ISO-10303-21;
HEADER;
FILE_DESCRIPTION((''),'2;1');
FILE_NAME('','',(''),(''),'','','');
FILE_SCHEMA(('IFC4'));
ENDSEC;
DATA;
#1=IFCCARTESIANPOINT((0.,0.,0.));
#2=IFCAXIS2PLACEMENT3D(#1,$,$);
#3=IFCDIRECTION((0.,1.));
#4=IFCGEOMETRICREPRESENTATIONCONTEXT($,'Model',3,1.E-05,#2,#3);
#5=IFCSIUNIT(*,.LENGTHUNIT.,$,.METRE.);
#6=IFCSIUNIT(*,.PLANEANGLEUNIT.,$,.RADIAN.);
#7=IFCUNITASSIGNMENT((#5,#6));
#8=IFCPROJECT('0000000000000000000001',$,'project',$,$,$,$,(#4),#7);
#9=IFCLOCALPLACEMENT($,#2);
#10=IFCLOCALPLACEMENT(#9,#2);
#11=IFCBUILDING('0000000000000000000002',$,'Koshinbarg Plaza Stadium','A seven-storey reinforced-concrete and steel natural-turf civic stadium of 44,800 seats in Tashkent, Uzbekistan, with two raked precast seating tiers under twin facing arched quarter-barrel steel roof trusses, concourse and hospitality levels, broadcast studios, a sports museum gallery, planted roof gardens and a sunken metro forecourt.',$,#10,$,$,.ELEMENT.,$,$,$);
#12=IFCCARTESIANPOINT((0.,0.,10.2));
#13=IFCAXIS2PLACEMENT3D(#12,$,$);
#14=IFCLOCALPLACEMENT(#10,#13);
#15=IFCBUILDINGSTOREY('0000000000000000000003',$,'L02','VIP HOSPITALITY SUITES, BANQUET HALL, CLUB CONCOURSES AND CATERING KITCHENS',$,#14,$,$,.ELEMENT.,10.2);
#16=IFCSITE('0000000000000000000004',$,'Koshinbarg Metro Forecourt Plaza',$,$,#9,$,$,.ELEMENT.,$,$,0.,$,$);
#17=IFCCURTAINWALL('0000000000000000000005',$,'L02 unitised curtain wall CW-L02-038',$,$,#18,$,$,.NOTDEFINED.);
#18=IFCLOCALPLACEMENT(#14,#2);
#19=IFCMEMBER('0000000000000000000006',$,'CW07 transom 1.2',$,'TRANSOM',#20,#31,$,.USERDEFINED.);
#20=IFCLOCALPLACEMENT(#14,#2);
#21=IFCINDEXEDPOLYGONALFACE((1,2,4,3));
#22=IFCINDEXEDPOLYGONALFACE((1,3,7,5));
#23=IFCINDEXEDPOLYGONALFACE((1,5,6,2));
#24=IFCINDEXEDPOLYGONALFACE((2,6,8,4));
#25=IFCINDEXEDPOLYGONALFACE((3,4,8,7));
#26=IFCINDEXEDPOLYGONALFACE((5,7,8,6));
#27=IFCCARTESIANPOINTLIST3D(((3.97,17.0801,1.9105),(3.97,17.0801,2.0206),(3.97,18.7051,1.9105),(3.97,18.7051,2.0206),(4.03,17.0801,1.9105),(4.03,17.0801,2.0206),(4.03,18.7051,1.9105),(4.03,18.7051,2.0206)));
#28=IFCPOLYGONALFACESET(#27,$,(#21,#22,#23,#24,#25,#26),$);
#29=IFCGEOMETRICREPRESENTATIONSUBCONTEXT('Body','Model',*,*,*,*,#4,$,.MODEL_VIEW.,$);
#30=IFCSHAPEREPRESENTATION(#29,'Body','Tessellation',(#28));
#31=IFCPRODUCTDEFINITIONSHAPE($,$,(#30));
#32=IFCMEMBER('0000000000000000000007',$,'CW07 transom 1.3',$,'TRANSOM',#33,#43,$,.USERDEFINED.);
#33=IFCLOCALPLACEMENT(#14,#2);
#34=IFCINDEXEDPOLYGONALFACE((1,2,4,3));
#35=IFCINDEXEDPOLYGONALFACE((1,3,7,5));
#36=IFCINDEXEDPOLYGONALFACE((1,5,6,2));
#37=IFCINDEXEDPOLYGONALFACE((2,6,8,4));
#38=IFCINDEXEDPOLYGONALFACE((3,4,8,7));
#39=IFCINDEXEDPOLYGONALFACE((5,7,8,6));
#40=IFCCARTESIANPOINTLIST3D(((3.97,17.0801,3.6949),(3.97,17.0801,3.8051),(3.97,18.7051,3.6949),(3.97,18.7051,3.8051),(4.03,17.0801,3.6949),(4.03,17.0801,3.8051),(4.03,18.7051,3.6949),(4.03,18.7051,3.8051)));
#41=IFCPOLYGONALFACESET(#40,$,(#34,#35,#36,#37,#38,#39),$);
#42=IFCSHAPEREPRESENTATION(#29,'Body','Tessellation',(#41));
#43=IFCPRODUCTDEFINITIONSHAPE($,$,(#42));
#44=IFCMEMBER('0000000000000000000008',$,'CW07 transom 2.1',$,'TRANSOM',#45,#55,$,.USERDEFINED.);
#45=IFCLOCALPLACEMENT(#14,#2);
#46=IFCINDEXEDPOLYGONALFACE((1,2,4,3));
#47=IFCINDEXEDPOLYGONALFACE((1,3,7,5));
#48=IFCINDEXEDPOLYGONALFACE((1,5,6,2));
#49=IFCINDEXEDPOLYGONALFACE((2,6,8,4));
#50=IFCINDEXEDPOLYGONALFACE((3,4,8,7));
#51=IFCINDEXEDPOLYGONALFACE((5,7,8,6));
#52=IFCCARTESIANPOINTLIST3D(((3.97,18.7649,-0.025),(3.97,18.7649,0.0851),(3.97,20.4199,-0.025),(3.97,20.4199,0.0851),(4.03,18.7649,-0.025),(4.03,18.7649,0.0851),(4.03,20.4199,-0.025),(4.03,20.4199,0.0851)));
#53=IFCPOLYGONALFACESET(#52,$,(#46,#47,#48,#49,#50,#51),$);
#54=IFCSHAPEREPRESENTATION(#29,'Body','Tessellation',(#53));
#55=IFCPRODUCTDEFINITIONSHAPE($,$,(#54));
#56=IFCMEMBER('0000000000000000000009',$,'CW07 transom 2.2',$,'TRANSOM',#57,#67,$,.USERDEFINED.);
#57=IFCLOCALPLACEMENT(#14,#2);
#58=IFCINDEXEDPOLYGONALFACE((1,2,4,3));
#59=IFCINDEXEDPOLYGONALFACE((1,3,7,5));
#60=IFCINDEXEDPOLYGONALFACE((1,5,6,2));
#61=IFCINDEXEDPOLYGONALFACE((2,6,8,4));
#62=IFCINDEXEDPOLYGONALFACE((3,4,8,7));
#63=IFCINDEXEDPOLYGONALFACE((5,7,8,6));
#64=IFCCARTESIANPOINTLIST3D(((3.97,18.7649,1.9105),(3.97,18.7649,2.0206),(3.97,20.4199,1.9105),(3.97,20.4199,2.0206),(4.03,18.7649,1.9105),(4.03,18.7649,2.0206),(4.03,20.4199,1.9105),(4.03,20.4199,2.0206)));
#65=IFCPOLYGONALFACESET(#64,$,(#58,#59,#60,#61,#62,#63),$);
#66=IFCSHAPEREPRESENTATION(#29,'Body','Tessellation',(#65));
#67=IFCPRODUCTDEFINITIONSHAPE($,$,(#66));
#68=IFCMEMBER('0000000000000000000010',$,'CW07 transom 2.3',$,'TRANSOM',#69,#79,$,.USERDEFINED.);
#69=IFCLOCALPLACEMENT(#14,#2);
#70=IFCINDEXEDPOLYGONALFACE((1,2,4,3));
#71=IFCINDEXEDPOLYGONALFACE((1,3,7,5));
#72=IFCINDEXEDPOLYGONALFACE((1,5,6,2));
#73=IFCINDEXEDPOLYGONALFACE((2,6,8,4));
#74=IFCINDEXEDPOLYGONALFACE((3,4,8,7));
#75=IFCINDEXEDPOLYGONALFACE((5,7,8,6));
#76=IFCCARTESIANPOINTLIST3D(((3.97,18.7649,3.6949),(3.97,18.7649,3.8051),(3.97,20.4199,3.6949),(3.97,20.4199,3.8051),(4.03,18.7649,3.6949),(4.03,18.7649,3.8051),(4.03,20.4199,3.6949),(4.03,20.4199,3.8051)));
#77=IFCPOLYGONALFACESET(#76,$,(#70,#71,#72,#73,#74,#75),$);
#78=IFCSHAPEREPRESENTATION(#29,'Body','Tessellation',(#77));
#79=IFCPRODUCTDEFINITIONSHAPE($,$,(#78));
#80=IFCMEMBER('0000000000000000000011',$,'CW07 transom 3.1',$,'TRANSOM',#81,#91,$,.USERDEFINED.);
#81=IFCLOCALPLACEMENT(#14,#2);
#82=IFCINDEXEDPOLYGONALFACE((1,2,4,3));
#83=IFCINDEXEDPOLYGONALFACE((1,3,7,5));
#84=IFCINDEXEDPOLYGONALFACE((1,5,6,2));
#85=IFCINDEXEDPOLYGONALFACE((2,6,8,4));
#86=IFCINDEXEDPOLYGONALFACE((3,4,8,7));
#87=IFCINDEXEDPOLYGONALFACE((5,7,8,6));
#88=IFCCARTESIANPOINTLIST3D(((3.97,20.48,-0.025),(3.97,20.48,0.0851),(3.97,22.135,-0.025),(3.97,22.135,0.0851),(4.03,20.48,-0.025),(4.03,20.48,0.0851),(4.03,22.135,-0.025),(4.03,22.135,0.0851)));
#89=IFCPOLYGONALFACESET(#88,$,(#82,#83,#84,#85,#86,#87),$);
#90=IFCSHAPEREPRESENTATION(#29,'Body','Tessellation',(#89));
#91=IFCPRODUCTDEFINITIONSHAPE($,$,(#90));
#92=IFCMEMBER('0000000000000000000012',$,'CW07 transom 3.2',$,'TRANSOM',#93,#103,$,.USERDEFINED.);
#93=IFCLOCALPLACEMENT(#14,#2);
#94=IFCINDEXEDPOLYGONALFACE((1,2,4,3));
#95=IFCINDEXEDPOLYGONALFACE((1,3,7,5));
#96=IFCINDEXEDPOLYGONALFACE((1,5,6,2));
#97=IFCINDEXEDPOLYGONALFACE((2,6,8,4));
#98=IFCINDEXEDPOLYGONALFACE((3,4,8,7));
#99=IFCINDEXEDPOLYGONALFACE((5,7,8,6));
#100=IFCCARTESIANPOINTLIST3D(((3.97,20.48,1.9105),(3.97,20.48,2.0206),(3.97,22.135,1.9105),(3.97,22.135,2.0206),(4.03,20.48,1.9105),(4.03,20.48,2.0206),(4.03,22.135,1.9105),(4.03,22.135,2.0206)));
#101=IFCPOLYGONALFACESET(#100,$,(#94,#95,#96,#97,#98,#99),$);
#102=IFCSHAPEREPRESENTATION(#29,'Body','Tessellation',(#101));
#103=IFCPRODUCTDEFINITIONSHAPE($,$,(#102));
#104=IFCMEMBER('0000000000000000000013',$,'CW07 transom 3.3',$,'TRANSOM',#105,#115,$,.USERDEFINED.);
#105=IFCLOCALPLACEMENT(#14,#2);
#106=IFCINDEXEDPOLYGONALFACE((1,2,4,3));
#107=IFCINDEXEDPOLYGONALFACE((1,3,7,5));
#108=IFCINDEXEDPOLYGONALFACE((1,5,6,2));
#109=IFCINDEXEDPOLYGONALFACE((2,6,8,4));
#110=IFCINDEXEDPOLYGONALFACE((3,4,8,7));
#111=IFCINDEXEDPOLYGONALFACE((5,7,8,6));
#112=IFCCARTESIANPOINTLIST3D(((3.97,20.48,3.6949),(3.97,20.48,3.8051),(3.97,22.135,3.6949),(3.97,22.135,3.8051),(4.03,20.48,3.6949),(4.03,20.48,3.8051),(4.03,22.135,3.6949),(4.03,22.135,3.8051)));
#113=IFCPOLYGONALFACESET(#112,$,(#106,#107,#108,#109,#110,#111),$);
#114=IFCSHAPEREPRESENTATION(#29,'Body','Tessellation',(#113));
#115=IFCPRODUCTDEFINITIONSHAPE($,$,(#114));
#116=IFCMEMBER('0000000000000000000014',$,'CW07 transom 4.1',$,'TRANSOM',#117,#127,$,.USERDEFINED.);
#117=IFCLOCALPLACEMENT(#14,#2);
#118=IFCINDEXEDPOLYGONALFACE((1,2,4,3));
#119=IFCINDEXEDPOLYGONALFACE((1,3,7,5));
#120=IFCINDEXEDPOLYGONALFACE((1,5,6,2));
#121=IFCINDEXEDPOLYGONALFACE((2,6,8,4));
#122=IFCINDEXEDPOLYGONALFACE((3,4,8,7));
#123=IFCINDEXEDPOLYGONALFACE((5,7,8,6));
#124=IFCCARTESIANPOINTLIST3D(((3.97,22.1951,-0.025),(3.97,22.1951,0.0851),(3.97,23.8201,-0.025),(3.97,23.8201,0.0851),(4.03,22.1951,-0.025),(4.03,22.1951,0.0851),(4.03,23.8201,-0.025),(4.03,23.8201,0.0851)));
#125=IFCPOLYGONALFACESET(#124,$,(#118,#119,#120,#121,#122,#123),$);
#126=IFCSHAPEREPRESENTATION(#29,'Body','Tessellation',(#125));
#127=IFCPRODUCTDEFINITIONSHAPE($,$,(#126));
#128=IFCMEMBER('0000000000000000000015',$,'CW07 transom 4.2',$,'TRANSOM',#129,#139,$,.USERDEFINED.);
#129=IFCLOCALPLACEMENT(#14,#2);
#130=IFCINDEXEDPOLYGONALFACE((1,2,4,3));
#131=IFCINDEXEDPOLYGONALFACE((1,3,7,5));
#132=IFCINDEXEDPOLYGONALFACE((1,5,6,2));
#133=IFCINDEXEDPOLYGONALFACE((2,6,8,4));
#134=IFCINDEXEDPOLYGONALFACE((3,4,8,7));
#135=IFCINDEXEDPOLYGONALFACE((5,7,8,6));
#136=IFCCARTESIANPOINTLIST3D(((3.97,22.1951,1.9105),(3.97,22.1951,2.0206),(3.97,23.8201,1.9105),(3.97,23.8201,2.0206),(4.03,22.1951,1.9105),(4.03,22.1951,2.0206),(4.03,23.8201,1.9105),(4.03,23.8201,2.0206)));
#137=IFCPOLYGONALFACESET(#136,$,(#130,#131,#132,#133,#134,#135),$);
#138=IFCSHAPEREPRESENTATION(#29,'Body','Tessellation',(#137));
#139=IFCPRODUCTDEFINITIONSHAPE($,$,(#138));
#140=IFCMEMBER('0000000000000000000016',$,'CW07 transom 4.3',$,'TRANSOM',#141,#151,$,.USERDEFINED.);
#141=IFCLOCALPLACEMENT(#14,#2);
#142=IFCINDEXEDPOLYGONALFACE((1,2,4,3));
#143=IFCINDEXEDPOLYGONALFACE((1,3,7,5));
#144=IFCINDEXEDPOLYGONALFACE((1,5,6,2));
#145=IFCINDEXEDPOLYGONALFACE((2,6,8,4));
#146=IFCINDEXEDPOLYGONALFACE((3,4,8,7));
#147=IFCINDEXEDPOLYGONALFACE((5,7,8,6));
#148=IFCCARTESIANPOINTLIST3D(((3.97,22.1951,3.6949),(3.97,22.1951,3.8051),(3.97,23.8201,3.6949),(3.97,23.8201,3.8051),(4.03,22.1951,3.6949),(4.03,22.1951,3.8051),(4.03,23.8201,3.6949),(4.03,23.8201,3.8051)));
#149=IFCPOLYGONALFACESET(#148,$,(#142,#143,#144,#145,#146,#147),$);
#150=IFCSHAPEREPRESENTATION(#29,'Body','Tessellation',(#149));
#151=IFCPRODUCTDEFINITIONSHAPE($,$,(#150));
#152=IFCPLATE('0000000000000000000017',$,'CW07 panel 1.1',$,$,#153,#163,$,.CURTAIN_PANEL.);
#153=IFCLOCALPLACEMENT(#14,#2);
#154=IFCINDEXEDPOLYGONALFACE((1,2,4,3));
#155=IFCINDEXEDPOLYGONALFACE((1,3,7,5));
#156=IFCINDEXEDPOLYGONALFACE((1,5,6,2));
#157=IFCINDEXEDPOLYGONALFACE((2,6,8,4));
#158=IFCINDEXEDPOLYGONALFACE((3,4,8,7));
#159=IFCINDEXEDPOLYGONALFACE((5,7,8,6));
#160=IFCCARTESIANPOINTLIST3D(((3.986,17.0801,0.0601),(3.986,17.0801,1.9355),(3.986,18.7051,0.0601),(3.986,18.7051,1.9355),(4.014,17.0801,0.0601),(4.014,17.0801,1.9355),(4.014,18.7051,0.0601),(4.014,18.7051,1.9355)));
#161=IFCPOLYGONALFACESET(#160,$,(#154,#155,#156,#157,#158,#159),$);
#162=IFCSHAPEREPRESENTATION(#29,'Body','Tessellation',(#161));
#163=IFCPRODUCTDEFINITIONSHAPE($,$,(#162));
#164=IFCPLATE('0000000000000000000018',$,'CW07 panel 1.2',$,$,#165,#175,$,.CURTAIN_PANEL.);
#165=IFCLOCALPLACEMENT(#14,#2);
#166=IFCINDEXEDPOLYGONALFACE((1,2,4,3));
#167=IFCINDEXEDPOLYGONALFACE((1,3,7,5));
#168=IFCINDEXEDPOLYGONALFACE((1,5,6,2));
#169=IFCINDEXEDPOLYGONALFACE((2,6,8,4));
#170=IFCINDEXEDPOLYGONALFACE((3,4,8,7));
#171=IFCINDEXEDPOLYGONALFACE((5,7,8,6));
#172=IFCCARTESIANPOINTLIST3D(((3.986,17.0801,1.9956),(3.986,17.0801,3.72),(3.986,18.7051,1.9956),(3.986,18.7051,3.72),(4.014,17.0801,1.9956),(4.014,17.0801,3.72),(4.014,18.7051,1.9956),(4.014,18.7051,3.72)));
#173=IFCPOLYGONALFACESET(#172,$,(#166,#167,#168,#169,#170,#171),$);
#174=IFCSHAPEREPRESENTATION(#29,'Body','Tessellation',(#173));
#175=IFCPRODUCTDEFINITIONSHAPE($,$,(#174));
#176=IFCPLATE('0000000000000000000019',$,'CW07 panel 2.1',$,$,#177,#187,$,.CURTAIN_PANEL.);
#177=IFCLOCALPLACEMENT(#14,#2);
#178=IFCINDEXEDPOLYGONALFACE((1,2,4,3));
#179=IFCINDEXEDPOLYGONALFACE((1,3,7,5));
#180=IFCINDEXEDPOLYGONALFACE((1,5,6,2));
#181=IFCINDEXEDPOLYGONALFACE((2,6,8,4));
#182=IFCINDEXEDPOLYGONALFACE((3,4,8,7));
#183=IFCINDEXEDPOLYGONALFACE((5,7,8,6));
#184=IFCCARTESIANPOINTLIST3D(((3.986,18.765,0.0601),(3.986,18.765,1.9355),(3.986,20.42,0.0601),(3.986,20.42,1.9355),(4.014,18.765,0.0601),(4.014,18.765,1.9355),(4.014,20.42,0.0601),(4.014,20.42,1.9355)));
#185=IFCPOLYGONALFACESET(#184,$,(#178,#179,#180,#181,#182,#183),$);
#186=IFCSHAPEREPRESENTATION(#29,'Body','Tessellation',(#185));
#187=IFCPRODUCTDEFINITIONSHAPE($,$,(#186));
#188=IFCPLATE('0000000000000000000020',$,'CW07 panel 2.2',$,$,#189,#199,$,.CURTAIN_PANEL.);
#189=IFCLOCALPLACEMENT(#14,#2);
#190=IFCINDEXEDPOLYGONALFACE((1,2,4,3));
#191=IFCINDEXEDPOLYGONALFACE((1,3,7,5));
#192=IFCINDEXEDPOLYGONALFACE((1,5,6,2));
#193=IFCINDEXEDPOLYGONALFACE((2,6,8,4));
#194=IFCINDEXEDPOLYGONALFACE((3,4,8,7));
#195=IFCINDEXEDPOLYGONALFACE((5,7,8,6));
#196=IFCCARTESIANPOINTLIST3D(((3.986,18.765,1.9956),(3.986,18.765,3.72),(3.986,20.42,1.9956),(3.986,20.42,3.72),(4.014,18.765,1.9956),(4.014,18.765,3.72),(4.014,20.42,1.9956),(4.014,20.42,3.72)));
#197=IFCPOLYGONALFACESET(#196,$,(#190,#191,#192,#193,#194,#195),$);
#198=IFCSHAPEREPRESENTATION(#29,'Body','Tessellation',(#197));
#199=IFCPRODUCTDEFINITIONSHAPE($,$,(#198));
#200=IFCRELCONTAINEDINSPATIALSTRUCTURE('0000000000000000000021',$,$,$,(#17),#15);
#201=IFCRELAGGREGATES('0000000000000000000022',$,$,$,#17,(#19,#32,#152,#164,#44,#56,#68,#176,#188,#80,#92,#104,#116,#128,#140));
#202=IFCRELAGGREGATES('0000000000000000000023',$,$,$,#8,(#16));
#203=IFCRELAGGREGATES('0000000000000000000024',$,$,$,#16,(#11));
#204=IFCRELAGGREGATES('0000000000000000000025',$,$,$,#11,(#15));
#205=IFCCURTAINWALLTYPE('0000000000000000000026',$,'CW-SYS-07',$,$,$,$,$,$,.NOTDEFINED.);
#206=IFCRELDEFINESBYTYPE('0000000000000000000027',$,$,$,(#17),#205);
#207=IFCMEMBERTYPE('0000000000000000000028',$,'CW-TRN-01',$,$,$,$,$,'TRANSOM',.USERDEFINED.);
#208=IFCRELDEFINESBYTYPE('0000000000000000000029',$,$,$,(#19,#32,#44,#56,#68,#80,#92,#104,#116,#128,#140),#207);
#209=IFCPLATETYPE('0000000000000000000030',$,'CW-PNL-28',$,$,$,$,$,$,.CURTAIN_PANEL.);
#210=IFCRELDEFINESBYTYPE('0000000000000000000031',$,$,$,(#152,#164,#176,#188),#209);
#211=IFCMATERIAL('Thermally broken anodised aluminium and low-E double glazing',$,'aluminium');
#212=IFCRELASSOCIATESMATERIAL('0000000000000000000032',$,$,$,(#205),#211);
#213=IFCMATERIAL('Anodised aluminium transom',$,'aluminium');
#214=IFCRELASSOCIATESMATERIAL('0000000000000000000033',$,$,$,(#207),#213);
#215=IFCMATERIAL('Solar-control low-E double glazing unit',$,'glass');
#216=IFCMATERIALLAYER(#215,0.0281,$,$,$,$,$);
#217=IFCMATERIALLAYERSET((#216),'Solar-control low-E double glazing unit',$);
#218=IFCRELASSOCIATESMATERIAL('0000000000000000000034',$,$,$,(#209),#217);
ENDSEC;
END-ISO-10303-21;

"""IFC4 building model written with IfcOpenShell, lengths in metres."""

from ifc_helpers import new_model, si_unit, direction, frame, origin, origin_2d, place, context, subcontext, project, spatial, rectangle, extrude, material, layer, layer_set, material_profile, profile_set, type_object, element, aggregate, save


model = new_model("IFC4")

# Units and contexts
model_context = context("Model", 3, precision=1e-05, world=origin(), true_north=direction((0.0, 1.0)))
body_context = subcontext(model_context, "Body", "Model", "MODEL_VIEW")
ifc_project = project(units=[si_unit("LENGTHUNIT", "METRE"), si_unit("PLANEANGLEUNIT", "RADIAN")], contexts=[model_context])

# Site, building, storey
site_placement = place(None, origin())
site = spatial("IfcSite", under=ifc_project, at=site_placement, Name="Koshinbarg Metro Forecourt Plaza", CompositionType="ELEMENT", RefElevation=0.0)
building_placement = place(site_placement, origin())
building = spatial("IfcBuilding", under=site, at=building_placement, Name="Koshinbarg Plaza Stadium", Description="A seven-storey reinforced-concrete and steel natural-turf civic stadium of 44,800 seats in Tashkent, Uzbekistan, with two raked precast seating tiers under twin facing arched quarter-barrel steel roof trusses, concourse and hospitality levels, broadcast studios, a sports museum gallery, planted roof gardens and a sunken metro forecourt.", CompositionType="ELEMENT")
storey_placement = place(building_placement, frame((0.0, 0.0, 10.2)))
storey = spatial("IfcBuildingStorey", under=building, at=storey_placement, Name="L02", Description="VIP HOSPITALITY SUITES, BANQUET HALL, CLUB CONCOURSES AND CATERING KITCHENS", CompositionType="ELEMENT", Elevation=10.2)

# Curtain wall, members, plates
ifc_material_1 = material(Name="Thermally broken anodised aluminium and low-E double glazing", Category="aluminium")
curtain_wall_type = type_object("IfcCurtainWallType", Name="CW-SYS-07", PredefinedType="NOTDEFINED", material=ifc_material_1)
curtain_wall_placement = place(storey_placement, origin())
curtain_wall = element("IfcCurtainWall", 1, at=curtain_wall_placement, inside=storey, type_object=curtain_wall_type, Name="L02 unitised curtain wall CW-L02-038", PredefinedType="NOTDEFINED")
ifc_material_2 = material(Name="Anodised aluminium transom", Category="aluminium")
ifc_material_profile_1 = material_profile(ifc_material_2, rectangle(XDim=0.0601, YDim=0.1101, at=origin_2d()), Name="ALU 60x110")
ifc_profile_set_1 = profile_set([ifc_material_profile_1], Name="Anodised aluminium transom")
member_type_1 = type_object("IfcMemberType", Name="CW-TRN-01", ElementType="TRANSOM", PredefinedType="USERDEFINED", material=ifc_profile_set_1)
member_1_placement = place(storey_placement, frame((4.0, 17.0801, 1.9656), z_axis=(0.0, 1.0, 0.0), x_axis=(-1.0, 0.0, 0.0)))
member_1 = element("IfcMember", 2, at=member_1_placement, type_object=member_type_1, Name="CW07 transom 1.2", ObjectType="TRANSOM", PredefinedType="USERDEFINED", context=body_context, shape_type="SweptSolid", body=[
    extrude(rectangle(XDim=0.0601, YDim=0.1101, at=origin_2d()), origin(), (0.0, 0.0, 1.0), 1.625),
])
member_2_placement = place(storey_placement, frame((4.0, 17.0801, 3.75), z_axis=(0.0, 1.0, 0.0), x_axis=(-1.0, 0.0, 0.0)))
member_2 = element("IfcMember", 3, at=member_2_placement, type_object=member_type_1, Name="CW07 transom 1.3", ObjectType="TRANSOM", PredefinedType="USERDEFINED", context=body_context, shape_type="SweptSolid", body=[
    extrude(rectangle(XDim=0.0601, YDim=0.1101, at=origin_2d()), origin(), (0.0, 0.0, 1.0), 1.625),
])
member_3_placement = place(storey_placement, frame((4.0, 18.7649, 0.03), z_axis=(0.0, 1.0, 0.0), x_axis=(-1.0, 0.0, 0.0)))
member_3 = element("IfcMember", 4, at=member_3_placement, type_object=member_type_1, Name="CW07 transom 2.1", ObjectType="TRANSOM", PredefinedType="USERDEFINED", context=body_context, shape_type="SweptSolid", body=[
    extrude(rectangle(XDim=0.0601, YDim=0.1101, at=origin_2d()), origin(), (0.0, 0.0, 1.0), 1.655),
])
member_4_placement = place(storey_placement, frame((4.0, 18.7649, 1.9656), z_axis=(0.0, 1.0, 0.0), x_axis=(-1.0, 0.0, 0.0)))
member_4 = element("IfcMember", 5, at=member_4_placement, type_object=member_type_1, Name="CW07 transom 2.2", ObjectType="TRANSOM", PredefinedType="USERDEFINED", context=body_context, shape_type="SweptSolid", body=[
    extrude(rectangle(XDim=0.0601, YDim=0.1101, at=origin_2d()), origin(), (0.0, 0.0, 1.0), 1.655),
])
member_5_placement = place(storey_placement, frame((4.0, 18.7649, 3.75), z_axis=(0.0, 1.0, 0.0), x_axis=(-1.0, 0.0, 0.0)))
member_5 = element("IfcMember", 6, at=member_5_placement, type_object=member_type_1, Name="CW07 transom 2.3", ObjectType="TRANSOM", PredefinedType="USERDEFINED", context=body_context, shape_type="SweptSolid", body=[
    extrude(rectangle(XDim=0.0601, YDim=0.1101, at=origin_2d()), origin(), (0.0, 0.0, 1.0), 1.655),
])
member_6_placement = place(storey_placement, frame((4.0, 20.48, 0.03), z_axis=(0.0, 1.0, 0.0), x_axis=(-1.0, 0.0, 0.0)))
member_6 = element("IfcMember", 7, at=member_6_placement, type_object=member_type_1, Name="CW07 transom 3.1", ObjectType="TRANSOM", PredefinedType="USERDEFINED", context=body_context, shape_type="SweptSolid", body=[
    extrude(rectangle(XDim=0.0601, YDim=0.1101, at=origin_2d()), origin(), (0.0, 0.0, 1.0), 1.655),
])
member_7_placement = place(storey_placement, frame((4.0, 20.48, 1.9656), z_axis=(0.0, 1.0, 0.0), x_axis=(-1.0, 0.0, 0.0)))
member_7 = element("IfcMember", 8, at=member_7_placement, type_object=member_type_1, Name="CW07 transom 3.2", ObjectType="TRANSOM", PredefinedType="USERDEFINED", context=body_context, shape_type="SweptSolid", body=[
    extrude(rectangle(XDim=0.0601, YDim=0.1101, at=origin_2d()), origin(), (0.0, 0.0, 1.0), 1.655),
])
member_8_placement = place(storey_placement, frame((4.0, 20.48, 3.75), z_axis=(0.0, 1.0, 0.0), x_axis=(-1.0, 0.0, 0.0)))
member_8 = element("IfcMember", 9, at=member_8_placement, type_object=member_type_1, Name="CW07 transom 3.3", ObjectType="TRANSOM", PredefinedType="USERDEFINED", context=body_context, shape_type="SweptSolid", body=[
    extrude(rectangle(XDim=0.0601, YDim=0.1101, at=origin_2d()), origin(), (0.0, 0.0, 1.0), 1.655),
])
member_9_placement = place(storey_placement, frame((4.0, 22.1951, 0.03), z_axis=(0.0, 1.0, 0.0), x_axis=(-1.0, 0.0, 0.0)))
member_9 = element("IfcMember", 10, at=member_9_placement, type_object=member_type_1, Name="CW07 transom 4.1", ObjectType="TRANSOM", PredefinedType="USERDEFINED", context=body_context, shape_type="SweptSolid", body=[
    extrude(rectangle(XDim=0.0601, YDim=0.1101, at=origin_2d()), origin(), (0.0, 0.0, 1.0), 1.625),
])
member_10_placement = place(storey_placement, frame((4.0, 22.1951, 1.9656), z_axis=(0.0, 1.0, 0.0), x_axis=(-1.0, 0.0, 0.0)))
member_10 = element("IfcMember", 11, at=member_10_placement, type_object=member_type_1, Name="CW07 transom 4.2", ObjectType="TRANSOM", PredefinedType="USERDEFINED", context=body_context, shape_type="SweptSolid", body=[
    extrude(rectangle(XDim=0.0601, YDim=0.1101, at=origin_2d()), origin(), (0.0, 0.0, 1.0), 1.625),
])
member_11_placement = place(storey_placement, frame((4.0, 22.1951, 3.75), z_axis=(0.0, 1.0, 0.0), x_axis=(-1.0, 0.0, 0.0)))
member_11 = element("IfcMember", 12, at=member_11_placement, type_object=member_type_1, Name="CW07 transom 4.3", ObjectType="TRANSOM", PredefinedType="USERDEFINED", context=body_context, shape_type="SweptSolid", body=[
    extrude(rectangle(XDim=0.0601, YDim=0.1101, at=origin_2d()), origin(), (0.0, 0.0, 1.0), 1.625),
])
ifc_material_3 = material(Name="Solar-control low-E double glazing unit", Category="glass")
ifc_layer_1 = layer(ifc_material_3, 0.0281)
ifc_layer_set_1 = layer_set([ifc_layer_1], Name="Solar-control low-E double glazing unit")
plate_type_1 = type_object("IfcPlateType", Name="CW-PNL-28", PredefinedType="CURTAIN_PANEL", material=ifc_layer_set_1)
plate_1_placement = place(storey_placement, frame((4.0, 17.8926, 0.0601), z_axis=(0.0, 0.0, 1.0), x_axis=(0.0, 1.0, 0.0)))
plate_1 = element("IfcPlate", 13, at=plate_1_placement, type_object=plate_type_1, Name="CW07 panel 1.1", PredefinedType="CURTAIN_PANEL", context=body_context, shape_type="SweptSolid", body=[
    extrude(rectangle(XDim=1.625, YDim=0.0281, at=origin_2d()), origin(), (0.0, 0.0, 1.0), 1.8755),
])
plate_2_placement = place(storey_placement, frame((4.0, 17.8926, 1.9956), z_axis=(0.0, 0.0, 1.0), x_axis=(0.0, 1.0, 0.0)))
plate_2 = element("IfcPlate", 14, at=plate_2_placement, type_object=plate_type_1, Name="CW07 panel 1.2", PredefinedType="CURTAIN_PANEL", context=body_context, shape_type="SweptSolid", body=[
    extrude(rectangle(XDim=1.625, YDim=0.0281, at=origin_2d()), origin(), (0.0, 0.0, 1.0), 1.7244),
])
plate_3_placement = place(storey_placement, frame((4.0, 19.5925, 0.0601), z_axis=(0.0, 0.0, 1.0), x_axis=(0.0, 1.0, 0.0)))
plate_3 = element("IfcPlate", 15, at=plate_3_placement, type_object=plate_type_1, Name="CW07 panel 2.1", PredefinedType="CURTAIN_PANEL", context=body_context, shape_type="SweptSolid", body=[
    extrude(rectangle(XDim=1.655, YDim=0.0281, at=origin_2d()), origin(), (0.0, 0.0, 1.0), 1.8755),
])
plate_4_placement = place(storey_placement, frame((4.0, 19.5925, 1.9956), z_axis=(0.0, 0.0, 1.0), x_axis=(0.0, 1.0, 0.0)))
plate_4 = element("IfcPlate", 16, at=plate_4_placement, type_object=plate_type_1, Name="CW07 panel 2.2", PredefinedType="CURTAIN_PANEL", context=body_context, shape_type="SweptSolid", body=[
    extrude(rectangle(XDim=1.655, YDim=0.0281, at=origin_2d()), origin(), (0.0, 0.0, 1.0), 1.7244),
])
aggregate(curtain_wall, [member_1, member_2, plate_1, plate_2, member_3, member_4, member_5, plate_3, plate_4, member_6, member_7, member_8, member_9, member_10, member_11])

save(model, "model.ifc")
